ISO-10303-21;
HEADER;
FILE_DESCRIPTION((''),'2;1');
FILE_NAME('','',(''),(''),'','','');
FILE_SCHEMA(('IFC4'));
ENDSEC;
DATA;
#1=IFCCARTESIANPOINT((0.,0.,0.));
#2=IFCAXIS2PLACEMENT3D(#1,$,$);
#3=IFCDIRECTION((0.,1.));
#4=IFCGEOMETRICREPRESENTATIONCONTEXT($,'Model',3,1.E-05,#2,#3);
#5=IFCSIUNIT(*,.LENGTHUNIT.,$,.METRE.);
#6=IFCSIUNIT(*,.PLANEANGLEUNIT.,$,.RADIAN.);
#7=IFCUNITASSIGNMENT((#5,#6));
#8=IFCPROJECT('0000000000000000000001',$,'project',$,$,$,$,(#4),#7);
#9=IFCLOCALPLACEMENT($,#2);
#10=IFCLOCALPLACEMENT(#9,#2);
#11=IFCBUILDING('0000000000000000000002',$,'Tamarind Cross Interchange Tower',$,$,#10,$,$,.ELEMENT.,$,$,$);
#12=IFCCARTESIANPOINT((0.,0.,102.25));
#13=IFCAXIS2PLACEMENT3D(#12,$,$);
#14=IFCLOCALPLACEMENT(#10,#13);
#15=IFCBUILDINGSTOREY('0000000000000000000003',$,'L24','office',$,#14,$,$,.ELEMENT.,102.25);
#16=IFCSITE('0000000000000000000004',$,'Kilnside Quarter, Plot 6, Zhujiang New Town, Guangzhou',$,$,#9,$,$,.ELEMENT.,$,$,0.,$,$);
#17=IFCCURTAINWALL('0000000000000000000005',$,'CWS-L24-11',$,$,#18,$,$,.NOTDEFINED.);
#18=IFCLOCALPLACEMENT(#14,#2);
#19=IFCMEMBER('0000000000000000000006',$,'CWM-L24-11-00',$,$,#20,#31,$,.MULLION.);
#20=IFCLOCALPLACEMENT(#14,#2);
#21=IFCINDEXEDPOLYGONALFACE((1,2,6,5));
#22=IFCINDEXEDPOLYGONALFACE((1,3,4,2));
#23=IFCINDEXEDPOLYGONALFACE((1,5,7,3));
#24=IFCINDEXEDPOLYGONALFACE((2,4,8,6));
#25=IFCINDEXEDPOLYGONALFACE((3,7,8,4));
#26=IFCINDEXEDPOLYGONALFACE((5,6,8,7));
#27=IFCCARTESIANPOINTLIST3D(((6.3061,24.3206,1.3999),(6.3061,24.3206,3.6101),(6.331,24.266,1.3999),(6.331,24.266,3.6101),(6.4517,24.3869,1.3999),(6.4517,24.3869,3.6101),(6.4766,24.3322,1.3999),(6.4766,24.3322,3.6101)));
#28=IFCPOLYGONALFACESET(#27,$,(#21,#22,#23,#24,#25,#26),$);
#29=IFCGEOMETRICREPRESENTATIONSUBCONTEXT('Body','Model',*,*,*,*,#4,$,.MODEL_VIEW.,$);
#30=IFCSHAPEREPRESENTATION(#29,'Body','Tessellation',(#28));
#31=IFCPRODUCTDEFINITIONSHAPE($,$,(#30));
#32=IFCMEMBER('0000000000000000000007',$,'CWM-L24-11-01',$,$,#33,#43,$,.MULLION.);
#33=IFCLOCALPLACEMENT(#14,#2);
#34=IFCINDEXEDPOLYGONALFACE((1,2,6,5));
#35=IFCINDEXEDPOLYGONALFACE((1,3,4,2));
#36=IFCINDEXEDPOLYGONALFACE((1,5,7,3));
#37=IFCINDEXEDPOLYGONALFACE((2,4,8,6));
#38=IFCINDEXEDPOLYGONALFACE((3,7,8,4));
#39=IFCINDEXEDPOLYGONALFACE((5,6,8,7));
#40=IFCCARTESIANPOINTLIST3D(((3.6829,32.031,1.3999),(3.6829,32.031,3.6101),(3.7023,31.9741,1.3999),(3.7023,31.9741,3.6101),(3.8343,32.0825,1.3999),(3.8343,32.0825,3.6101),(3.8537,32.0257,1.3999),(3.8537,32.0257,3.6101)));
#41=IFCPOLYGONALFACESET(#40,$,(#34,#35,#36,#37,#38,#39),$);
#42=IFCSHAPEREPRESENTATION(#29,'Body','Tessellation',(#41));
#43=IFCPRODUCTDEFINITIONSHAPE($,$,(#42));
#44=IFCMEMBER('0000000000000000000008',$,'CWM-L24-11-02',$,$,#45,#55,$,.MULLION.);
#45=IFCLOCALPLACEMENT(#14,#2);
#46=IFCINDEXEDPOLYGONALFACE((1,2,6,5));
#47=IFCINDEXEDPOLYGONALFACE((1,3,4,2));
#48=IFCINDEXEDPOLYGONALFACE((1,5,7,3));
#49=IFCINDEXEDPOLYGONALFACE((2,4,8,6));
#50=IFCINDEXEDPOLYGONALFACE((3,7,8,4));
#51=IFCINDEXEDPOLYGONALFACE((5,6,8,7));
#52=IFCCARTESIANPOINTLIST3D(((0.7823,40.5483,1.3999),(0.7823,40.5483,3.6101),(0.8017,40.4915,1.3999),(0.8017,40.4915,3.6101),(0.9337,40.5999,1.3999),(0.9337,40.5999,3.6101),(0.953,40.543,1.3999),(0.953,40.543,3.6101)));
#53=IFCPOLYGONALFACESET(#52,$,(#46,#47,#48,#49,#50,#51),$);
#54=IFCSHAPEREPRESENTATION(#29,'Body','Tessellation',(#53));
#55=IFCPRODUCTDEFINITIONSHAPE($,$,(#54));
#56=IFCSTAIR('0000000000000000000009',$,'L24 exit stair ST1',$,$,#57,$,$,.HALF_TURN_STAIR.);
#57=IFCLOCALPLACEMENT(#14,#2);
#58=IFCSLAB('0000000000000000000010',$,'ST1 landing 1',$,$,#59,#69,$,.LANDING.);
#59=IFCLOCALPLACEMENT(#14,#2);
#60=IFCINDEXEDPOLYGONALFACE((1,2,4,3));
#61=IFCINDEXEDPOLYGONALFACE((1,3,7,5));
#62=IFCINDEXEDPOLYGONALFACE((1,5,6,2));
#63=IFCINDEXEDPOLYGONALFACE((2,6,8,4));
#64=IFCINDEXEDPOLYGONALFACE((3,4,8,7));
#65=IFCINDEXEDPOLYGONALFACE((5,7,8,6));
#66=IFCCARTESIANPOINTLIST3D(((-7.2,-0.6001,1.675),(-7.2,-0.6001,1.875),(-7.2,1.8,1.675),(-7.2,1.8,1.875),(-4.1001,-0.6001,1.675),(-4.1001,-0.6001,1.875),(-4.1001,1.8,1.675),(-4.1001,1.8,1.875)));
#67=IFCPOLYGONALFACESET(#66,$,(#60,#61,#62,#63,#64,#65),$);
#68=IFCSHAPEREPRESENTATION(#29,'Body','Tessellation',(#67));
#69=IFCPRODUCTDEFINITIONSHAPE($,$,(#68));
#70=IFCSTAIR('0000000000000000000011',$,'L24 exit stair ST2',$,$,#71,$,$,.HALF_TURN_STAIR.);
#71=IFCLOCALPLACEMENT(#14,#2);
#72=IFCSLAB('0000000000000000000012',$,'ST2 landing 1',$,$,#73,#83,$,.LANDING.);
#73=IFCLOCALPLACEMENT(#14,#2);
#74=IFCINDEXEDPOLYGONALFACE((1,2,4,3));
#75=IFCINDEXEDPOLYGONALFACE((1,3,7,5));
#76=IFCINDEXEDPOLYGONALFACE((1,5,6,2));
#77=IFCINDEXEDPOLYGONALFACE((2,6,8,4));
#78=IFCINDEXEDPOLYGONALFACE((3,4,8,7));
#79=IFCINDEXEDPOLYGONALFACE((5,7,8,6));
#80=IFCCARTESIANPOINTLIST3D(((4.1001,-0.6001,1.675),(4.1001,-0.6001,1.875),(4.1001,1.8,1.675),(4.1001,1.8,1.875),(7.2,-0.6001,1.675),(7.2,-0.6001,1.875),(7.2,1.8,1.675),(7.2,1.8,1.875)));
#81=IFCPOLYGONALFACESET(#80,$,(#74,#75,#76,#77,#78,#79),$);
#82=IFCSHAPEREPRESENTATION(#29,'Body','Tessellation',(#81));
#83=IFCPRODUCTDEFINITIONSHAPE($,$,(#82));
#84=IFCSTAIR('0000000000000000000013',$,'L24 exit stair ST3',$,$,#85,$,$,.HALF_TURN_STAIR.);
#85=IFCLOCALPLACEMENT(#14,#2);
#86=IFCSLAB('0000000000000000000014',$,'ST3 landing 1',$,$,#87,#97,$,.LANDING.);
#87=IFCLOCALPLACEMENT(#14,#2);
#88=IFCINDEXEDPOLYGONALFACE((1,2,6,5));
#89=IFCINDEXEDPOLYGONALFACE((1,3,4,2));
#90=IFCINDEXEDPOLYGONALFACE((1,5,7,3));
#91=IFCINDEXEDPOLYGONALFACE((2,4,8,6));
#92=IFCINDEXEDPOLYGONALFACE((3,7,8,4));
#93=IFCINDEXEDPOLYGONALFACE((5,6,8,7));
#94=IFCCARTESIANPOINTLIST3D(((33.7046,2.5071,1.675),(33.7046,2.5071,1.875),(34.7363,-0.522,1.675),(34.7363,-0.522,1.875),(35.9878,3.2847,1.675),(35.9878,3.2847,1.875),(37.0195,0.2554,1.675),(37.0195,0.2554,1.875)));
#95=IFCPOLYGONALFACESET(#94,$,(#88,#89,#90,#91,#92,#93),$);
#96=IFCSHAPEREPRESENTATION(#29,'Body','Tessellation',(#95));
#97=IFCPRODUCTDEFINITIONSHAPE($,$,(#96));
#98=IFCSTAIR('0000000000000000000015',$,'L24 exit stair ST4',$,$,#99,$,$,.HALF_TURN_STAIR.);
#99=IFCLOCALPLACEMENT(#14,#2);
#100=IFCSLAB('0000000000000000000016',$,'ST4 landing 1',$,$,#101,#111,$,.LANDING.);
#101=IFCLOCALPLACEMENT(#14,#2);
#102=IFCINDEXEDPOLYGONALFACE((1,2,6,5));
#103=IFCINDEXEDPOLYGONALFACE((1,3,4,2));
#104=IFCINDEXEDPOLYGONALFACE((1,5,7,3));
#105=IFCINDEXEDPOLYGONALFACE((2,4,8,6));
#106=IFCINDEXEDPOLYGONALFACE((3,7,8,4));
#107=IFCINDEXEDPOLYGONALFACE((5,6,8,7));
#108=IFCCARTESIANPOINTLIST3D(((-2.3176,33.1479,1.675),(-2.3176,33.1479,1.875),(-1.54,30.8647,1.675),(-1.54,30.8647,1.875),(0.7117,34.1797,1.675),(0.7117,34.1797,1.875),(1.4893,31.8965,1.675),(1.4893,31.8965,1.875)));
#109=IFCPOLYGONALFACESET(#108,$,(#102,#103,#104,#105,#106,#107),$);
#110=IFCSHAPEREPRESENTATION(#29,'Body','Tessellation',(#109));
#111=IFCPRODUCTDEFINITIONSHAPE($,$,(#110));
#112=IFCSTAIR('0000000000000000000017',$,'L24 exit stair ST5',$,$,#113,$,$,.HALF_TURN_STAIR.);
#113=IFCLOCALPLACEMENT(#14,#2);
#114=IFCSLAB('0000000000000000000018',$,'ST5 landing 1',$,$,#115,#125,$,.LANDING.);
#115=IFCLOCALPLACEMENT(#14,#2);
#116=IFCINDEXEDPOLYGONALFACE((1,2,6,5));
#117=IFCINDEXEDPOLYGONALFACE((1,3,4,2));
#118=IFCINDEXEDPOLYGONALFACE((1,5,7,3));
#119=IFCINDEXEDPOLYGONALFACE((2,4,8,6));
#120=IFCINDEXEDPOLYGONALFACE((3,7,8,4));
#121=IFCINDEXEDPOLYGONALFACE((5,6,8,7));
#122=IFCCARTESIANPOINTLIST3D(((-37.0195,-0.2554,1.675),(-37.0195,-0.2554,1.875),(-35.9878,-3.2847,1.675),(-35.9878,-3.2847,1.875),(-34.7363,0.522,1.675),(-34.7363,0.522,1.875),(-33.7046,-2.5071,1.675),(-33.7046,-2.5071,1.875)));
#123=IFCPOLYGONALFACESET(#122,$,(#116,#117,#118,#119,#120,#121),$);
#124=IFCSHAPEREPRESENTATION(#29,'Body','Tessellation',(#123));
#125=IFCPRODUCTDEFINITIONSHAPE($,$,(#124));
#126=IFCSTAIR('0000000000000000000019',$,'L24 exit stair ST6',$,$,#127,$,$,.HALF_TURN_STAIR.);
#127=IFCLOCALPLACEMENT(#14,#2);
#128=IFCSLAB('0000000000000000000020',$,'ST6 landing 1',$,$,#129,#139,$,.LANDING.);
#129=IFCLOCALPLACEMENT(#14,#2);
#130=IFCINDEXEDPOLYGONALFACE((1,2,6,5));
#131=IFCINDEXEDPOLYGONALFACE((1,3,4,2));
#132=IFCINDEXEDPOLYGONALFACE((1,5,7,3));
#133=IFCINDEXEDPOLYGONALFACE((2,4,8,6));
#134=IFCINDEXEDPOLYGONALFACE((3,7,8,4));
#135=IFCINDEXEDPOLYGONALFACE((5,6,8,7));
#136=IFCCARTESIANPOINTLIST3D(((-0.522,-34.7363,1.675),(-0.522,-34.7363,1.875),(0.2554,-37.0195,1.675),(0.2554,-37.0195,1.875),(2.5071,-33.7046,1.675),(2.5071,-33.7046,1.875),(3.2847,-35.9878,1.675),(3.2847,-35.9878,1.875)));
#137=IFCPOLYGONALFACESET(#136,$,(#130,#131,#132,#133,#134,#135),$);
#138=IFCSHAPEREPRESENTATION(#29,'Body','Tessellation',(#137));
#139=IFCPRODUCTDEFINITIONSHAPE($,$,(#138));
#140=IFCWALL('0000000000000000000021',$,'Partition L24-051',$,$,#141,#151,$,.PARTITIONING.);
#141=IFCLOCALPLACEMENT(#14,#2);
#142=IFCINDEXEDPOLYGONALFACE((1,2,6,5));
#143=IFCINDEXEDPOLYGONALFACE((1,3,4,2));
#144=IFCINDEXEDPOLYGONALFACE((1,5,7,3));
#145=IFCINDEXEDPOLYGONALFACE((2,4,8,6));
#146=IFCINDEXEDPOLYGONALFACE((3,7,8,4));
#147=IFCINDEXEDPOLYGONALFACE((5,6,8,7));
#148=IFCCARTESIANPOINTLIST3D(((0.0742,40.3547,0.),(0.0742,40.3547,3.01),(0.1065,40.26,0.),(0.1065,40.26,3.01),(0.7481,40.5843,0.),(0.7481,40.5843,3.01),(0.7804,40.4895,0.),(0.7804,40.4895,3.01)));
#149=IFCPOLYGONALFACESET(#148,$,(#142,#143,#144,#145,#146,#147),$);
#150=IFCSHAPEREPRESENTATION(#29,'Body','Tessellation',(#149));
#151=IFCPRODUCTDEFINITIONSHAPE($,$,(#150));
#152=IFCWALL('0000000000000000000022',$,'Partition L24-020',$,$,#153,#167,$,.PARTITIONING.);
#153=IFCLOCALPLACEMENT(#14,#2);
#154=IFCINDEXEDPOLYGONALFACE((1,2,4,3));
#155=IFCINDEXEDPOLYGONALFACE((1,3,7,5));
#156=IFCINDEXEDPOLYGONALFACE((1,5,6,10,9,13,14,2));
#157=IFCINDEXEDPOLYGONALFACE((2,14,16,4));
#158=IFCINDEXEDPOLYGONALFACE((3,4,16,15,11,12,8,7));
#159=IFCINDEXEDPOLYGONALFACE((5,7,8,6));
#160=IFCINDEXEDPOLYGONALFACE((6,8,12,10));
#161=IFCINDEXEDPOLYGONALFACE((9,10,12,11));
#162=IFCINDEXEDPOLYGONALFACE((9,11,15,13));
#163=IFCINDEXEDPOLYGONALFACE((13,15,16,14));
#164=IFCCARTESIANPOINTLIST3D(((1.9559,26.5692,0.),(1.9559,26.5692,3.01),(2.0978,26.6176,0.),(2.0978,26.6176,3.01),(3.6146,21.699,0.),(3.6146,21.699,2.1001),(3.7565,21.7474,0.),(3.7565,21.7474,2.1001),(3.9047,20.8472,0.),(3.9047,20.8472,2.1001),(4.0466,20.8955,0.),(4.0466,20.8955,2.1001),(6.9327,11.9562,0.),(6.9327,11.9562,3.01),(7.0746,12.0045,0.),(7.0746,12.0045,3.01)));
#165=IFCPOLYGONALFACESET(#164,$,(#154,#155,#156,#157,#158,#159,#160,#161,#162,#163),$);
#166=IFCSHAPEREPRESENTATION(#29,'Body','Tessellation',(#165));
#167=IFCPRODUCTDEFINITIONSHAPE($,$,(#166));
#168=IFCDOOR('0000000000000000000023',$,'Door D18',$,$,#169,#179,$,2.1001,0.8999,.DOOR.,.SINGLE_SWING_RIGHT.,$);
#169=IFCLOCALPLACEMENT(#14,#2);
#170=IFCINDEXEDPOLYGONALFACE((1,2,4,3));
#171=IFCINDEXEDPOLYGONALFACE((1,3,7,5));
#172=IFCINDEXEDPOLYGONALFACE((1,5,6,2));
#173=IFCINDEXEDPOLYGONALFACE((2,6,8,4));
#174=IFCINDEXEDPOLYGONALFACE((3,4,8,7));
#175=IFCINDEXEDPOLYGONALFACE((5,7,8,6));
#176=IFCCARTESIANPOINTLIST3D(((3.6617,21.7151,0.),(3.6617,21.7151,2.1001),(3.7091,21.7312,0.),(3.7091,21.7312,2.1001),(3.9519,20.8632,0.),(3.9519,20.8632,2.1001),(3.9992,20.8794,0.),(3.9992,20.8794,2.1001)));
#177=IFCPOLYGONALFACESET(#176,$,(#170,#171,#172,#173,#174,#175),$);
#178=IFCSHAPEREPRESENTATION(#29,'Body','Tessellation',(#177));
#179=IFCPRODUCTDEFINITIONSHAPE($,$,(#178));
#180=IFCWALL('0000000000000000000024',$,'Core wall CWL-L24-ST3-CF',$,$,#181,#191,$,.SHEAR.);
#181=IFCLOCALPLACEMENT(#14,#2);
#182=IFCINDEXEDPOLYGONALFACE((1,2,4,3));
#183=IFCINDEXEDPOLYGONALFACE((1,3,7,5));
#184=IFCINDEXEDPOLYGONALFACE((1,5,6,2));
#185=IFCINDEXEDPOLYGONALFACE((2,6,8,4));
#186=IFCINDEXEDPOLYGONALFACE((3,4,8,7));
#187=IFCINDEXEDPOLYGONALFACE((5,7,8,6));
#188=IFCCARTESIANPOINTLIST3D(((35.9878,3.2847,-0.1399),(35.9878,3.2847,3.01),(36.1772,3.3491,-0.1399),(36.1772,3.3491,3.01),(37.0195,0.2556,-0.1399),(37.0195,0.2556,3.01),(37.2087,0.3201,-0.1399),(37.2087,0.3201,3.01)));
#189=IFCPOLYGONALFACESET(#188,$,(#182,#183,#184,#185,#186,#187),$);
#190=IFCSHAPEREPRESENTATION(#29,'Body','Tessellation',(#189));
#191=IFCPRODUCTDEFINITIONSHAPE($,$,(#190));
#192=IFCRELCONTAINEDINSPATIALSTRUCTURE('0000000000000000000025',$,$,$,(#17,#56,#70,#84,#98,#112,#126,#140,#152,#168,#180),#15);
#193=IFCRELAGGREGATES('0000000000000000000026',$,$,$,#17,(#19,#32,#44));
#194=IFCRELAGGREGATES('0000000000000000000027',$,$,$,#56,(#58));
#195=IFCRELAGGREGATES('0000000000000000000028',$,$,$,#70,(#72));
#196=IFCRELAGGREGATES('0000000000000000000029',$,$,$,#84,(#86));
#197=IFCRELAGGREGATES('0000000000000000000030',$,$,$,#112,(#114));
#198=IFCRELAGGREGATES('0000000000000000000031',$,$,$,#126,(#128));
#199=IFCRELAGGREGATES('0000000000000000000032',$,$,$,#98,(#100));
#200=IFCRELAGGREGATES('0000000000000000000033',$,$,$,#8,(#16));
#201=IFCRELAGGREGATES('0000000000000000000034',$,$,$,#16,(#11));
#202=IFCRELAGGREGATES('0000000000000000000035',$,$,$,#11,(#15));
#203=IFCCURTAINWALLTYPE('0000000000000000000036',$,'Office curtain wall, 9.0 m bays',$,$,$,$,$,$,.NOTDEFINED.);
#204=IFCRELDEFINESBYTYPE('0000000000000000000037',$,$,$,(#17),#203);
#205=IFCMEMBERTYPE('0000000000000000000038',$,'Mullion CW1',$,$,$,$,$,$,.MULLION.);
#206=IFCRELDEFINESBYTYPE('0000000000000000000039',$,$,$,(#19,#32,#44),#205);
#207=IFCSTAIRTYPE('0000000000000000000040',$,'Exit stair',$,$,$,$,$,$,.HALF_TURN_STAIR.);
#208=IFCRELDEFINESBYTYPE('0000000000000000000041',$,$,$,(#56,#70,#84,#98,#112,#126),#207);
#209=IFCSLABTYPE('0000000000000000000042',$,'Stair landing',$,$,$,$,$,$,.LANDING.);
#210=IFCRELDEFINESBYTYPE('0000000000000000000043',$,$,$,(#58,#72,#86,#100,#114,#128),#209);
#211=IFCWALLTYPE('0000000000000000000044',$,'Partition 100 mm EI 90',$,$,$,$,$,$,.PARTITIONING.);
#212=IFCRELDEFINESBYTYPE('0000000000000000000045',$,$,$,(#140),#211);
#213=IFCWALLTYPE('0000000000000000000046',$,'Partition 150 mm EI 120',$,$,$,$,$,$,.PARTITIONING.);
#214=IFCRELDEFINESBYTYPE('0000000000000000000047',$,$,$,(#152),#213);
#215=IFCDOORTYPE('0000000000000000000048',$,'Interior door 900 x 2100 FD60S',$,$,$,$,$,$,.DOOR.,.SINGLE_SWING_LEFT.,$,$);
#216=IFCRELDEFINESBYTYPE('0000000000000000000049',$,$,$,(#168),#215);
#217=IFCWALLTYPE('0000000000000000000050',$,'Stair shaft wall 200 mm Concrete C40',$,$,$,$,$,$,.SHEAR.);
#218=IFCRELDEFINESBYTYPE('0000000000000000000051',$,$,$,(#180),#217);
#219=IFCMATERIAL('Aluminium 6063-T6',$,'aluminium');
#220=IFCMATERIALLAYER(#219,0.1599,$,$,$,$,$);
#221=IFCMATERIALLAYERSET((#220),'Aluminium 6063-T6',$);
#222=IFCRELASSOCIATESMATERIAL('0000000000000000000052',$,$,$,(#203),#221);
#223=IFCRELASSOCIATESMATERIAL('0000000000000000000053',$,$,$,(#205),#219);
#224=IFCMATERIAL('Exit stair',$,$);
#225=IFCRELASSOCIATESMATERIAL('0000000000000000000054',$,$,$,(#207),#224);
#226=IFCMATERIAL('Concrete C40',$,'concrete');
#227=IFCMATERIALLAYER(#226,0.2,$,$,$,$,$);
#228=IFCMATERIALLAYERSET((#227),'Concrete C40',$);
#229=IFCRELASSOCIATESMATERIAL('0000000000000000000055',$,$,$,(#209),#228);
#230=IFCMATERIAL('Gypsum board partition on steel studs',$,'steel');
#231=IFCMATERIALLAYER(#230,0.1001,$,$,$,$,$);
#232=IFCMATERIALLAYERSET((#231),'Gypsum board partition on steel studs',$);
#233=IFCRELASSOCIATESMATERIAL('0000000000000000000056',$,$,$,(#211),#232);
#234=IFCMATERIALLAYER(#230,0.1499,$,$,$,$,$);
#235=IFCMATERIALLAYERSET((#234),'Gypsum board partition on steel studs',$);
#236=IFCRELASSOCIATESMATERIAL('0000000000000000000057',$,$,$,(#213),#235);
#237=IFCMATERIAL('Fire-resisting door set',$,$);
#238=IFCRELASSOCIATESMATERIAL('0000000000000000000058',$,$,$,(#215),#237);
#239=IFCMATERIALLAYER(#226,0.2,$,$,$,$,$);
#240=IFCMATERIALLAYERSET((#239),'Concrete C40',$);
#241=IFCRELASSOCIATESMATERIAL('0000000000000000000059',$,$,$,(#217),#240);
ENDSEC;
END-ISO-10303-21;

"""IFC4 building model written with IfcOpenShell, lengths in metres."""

from ifc_helpers import new_model, si_unit, direction, frame, frame_2d, origin, origin_2d, place, context, subcontext, project, spatial, polyline, rectangle, outline, extrude, material, layer, layer_set, material_profile, profile_set, type_object, element, fill, aggregate, save


model = new_model("IFC4")

# Units and contexts
model_context = context("Model", 3, precision=1e-05, world=origin(), true_north=direction((0.0, 1.0)))
body_context = subcontext(model_context, "Body", "Model", "MODEL_VIEW")
ifc_project = project(units=[si_unit("LENGTHUNIT", "METRE"), si_unit("PLANEANGLEUNIT", "RADIAN")], contexts=[model_context])

# Site, building, storey
site_placement = place(None, origin())
site = spatial("IfcSite", under=ifc_project, at=site_placement, Name="Kilnside Quarter, Plot 6, Zhujiang New Town, Guangzhou", CompositionType="ELEMENT", RefElevation=0.0)
building_placement = place(site_placement, origin())
building = spatial("IfcBuilding", under=site, at=building_placement, Name="Tamarind Cross Interchange Tower", CompositionType="ELEMENT")
storey_placement = place(building_placement, frame((0.0, 0.0, 102.25)))
storey = spatial("IfcBuildingStorey", under=building, at=storey_placement, Name="L24", Description="office", CompositionType="ELEMENT", Elevation=102.25)

# Curtain wall, members
ifc_material_1 = material(Name="Aluminium 6063-T6", Category="aluminium")
ifc_layer_1 = layer(ifc_material_1, 0.1599)
ifc_layer_set_1 = layer_set([ifc_layer_1], Name="Aluminium 6063-T6")
curtain_wall_type = type_object("IfcCurtainWallType", Name="Office curtain wall, 9.0 m bays", PredefinedType="NOTDEFINED", material=ifc_layer_set_1)
curtain_wall_placement = place(storey_placement, origin())
curtain_wall = element("IfcCurtainWall", 1, at=curtain_wall_placement, inside=storey, type_object=curtain_wall_type, Name="CWS-L24-11", PredefinedType="NOTDEFINED")
ifc_material_profile_1 = material_profile(ifc_material_1, rectangle(XDim=0.0601, YDim=0.1599, at=origin_2d()), Name="Mullion CW1")
ifc_profile_set_1 = profile_set([ifc_material_profile_1], Name="Aluminium 6063-T6")
member_type = type_object("IfcMemberType", Name="Mullion CW1", PredefinedType="MULLION", material=ifc_profile_set_1)
member_1_placement = place(storey_placement, frame((6.3914, 24.3264, 1.3999), z_axis=(0.0, 0.0, 1.0), x_axis=(-0.414246, 0.910165, 0.0)))
member_1 = element("IfcMember", 2, at=member_1_placement, type_object=member_type, Name="CWM-L24-11-00", PredefinedType="MULLION", context=body_context, shape_type="SweptSolid", body=[
    extrude(rectangle(XDim=0.0601, YDim=0.1599, at=origin_2d()), origin(), (0.0, 0.0, 1.0), 2.2102),
])
member_2_placement = place(storey_placement, frame((3.7683, 32.0283, 1.3999), z_axis=(0.0, 0.0, 1.0), x_axis=(-0.322371, 0.946613, 0.0)))
member_2 = element("IfcMember", 3, at=member_2_placement, type_object=member_type, Name="CWM-L24-11-01", PredefinedType="MULLION", context=body_context, shape_type="SweptSolid", body=[
    extrude(rectangle(XDim=0.0601, YDim=0.1599, at=origin_2d()), origin(), (0.0, 0.0, 1.0), 2.2102),
])
member_3_placement = place(storey_placement, frame((0.8677, 40.5457, 1.3999), z_axis=(0.0, 0.0, 1.0), x_axis=(-0.322371, 0.946613, 0.0)))
member_3 = element("IfcMember", 4, at=member_3_placement, type_object=member_type, Name="CWM-L24-11-02", PredefinedType="MULLION", context=body_context, shape_type="SweptSolid", body=[
    extrude(rectangle(XDim=0.0601, YDim=0.1599, at=origin_2d()), origin(), (0.0, 0.0, 1.0), 2.2102),
])
aggregate(curtain_wall, [member_1, member_2, member_3])

# Stairs, slabs
ifc_material_2 = material(Name="Exit stair")
stair_type = type_object("IfcStairType", Name="Exit stair", PredefinedType="HALF_TURN_STAIR", material=ifc_material_2)
stair_1_placement = place(storey_placement, origin())
stair_1 = element("IfcStair", 5, at=stair_1_placement, inside=storey, type_object=stair_type, Name="L24 exit stair ST1", PredefinedType="HALF_TURN_STAIR")
ifc_material_3 = material(Name="Concrete C40", Category="concrete")
ifc_layer_2 = layer(ifc_material_3, 0.2)
ifc_layer_set_2 = layer_set([ifc_layer_2], Name="Concrete C40")
slab_type = type_object("IfcSlabType", Name="Stair landing", PredefinedType="LANDING", material=ifc_layer_set_2)
slab_1_placement = place(storey_placement, frame((0.0, 0.0, 1.675)))
slab_1 = element("IfcSlab", 6, at=slab_1_placement, type_object=slab_type, Name="ST1 landing 1", PredefinedType="LANDING", context=body_context, shape_type="SweptSolid", body=[
    extrude(outline(polyline([(-4.1001, -0.6001), (-4.1001, 1.8), (-7.2, 1.8), (-7.2, -0.6001), (-4.1001, -0.6001)])), origin(), (0.0, 0.0, 1.0), 0.2),
])
aggregate(stair_1, [slab_1])
stair_2_placement = place(storey_placement, origin())
stair_2 = element("IfcStair", 7, at=stair_2_placement, inside=storey, type_object=stair_type, Name="L24 exit stair ST2", PredefinedType="HALF_TURN_STAIR")
slab_2_placement = place(storey_placement, frame((0.0, 0.0, 1.675)))
slab_2 = element("IfcSlab", 8, at=slab_2_placement, type_object=slab_type, Name="ST2 landing 1", PredefinedType="LANDING", context=body_context, shape_type="SweptSolid", body=[
    extrude(outline(polyline([(7.2, -0.6001), (7.2, 1.8), (4.1001, 1.8), (4.1001, -0.6001), (7.2, -0.6001)])), origin(), (0.0, 0.0, 1.0), 0.2),
])
aggregate(stair_2, [slab_2])
stair_3_placement = place(storey_placement, origin())
stair_3 = element("IfcStair", 9, at=stair_3_placement, inside=storey, type_object=stair_type, Name="L24 exit stair ST3", PredefinedType="HALF_TURN_STAIR")
slab_3_placement = place(storey_placement, frame((0.0, 0.0, 1.675)))
slab_3 = element("IfcSlab", 10, at=slab_3_placement, type_object=slab_type, Name="ST3 landing 1", PredefinedType="LANDING", context=body_context, shape_type="SweptSolid", body=[
    extrude(outline(polyline([(34.7363, -0.522), (37.0195, 0.2554), (35.9878, 3.2847), (33.7046, 2.5071), (34.7363, -0.522)])), origin(), (0.0, 0.0, 1.0), 0.2),
])
aggregate(stair_3, [slab_3])
stair_4_placement = place(storey_placement, origin())
stair_4 = element("IfcStair", 11, at=stair_4_placement, inside=storey, type_object=stair_type, Name="L24 exit stair ST4", PredefinedType="HALF_TURN_STAIR")
slab_4_placement = place(storey_placement, frame((0.0, 0.0, 1.675)))
slab_4 = element("IfcSlab", 12, at=slab_4_placement, type_object=slab_type, Name="ST4 landing 1", PredefinedType="LANDING", context=body_context, shape_type="SweptSolid", body=[
    extrude(outline(polyline([(1.4893, 31.8965), (0.7117, 34.1797), (-2.3176, 33.1479), (-1.54, 30.8647), (1.4893, 31.8965)])), origin(), (0.0, 0.0, 1.0), 0.2),
])
stair_5_placement = place(storey_placement, origin())
stair_5 = element("IfcStair", 13, at=stair_5_placement, inside=storey, type_object=stair_type, Name="L24 exit stair ST5", PredefinedType="HALF_TURN_STAIR")
slab_5_placement = place(storey_placement, frame((0.0, 0.0, 1.675)))
slab_5 = element("IfcSlab", 14, at=slab_5_placement, type_object=slab_type, Name="ST5 landing 1", PredefinedType="LANDING", context=body_context, shape_type="SweptSolid", body=[
    extrude(outline(polyline([(-34.7363, 0.522), (-37.0195, -0.2554), (-35.9878, -3.2847), (-33.7046, -2.5071), (-34.7363, 0.522)])), origin(), (0.0, 0.0, 1.0), 0.2),
])
aggregate(stair_5, [slab_5])
stair_6_placement = place(storey_placement, origin())
stair_6 = element("IfcStair", 15, at=stair_6_placement, inside=storey, type_object=stair_type, Name="L24 exit stair ST6", PredefinedType="HALF_TURN_STAIR")
slab_6_placement = place(storey_placement, frame((0.0, 0.0, 1.675)))
slab_6 = element("IfcSlab", 16, at=slab_6_placement, type_object=slab_type, Name="ST6 landing 1", PredefinedType="LANDING", context=body_context, shape_type="SweptSolid", body=[
    extrude(outline(polyline([(-0.522, -34.7363), (0.2554, -37.0195), (3.2847, -35.9878), (2.5071, -33.7046), (-0.522, -34.7363)])), origin(), (0.0, 0.0, 1.0), 0.2),
])
aggregate(stair_6, [slab_6])

# Wall
ifc_material_4 = material(Name="Gypsum board partition on steel studs", Category="steel")
ifc_layer_3 = layer(ifc_material_4, 0.1001)
ifc_layer_set_3 = layer_set([ifc_layer_3], Name="Gypsum board partition on steel studs")
wall_type_1 = type_object("IfcWallType", Name="Partition 100 mm EI 90", PredefinedType="PARTITIONING", material=ifc_layer_set_3)
wall_1_placement = place(storey_placement, frame((0.0903, 40.3074, 0.0), z_axis=(0.0, 0.0, 1.0), x_axis=(0.946605, 0.322395, 0.0)))
element("IfcWall", 17, at=wall_1_placement, inside=storey, type_object=wall_type_1, Name="Partition L24-051", PredefinedType="PARTITIONING", context=body_context, shape_type="SweptSolid", body=[
    extrude(rectangle(XDim=0.7119, YDim=0.1001, at=frame_2d((0.356, 0.0))), origin(), (0.0, 0.0, 1.0), 3.01),
])

# Wall, opening, door
ifc_layer_4 = layer(ifc_material_4, 0.1499)
ifc_layer_set_4 = layer_set([ifc_layer_4], Name="Gypsum board partition on steel studs")
wall_type_2 = type_object("IfcWallType", Name="Partition 150 mm EI 120", PredefinedType="PARTITIONING", material=ifc_layer_set_4)
wall_2_placement = place(storey_placement, frame((2.0269, 26.5935, 0.0), z_axis=(0.0, 0.0, 1.0), x_axis=(0.322389, -0.946607, 0.0)))
wall_2 = element("IfcWall", 18, at=wall_2_placement, inside=storey, type_object=wall_type_2, Name="Partition L24-020", PredefinedType="PARTITIONING", context=body_context, shape_type="SweptSolid", body=[
    extrude(rectangle(XDim=15.4373, YDim=0.1499, at=frame_2d((7.7188, 0.0))), origin(), (0.0, 0.0, 1.0), 3.01),
])
opening_placement = place(wall_2_placement, frame((5.145, 0.0, 0.0)))
opening = element("IfcOpeningElement", 19, at=opening_placement, cuts=wall_2, PredefinedType="OPENING", context=body_context, shape_type="SweptSolid", body=[
    extrude(rectangle(XDim=0.8999, YDim=2.1001, at=frame_2d((0.45, 1.05))), frame((0.0, 0.085, 0.0), z_axis=(0.0, -1.0, 0.0), x_axis=(1.0, 0.0, 0.0)), (0.0, 0.0, 1.0), 0.1699),
])
ifc_material_5 = material(Name="Fire-resisting door set")
door_type = type_object("IfcDoorType", Name="Interior door 900 x 2100 FD60S", OperationType="SINGLE_SWING_LEFT", PredefinedType="DOOR", material=ifc_material_5)
door_placement = place(opening_placement, origin())
door = element("IfcDoor", 20, at=door_placement, inside=storey, type_object=door_type, Name="Door D18", OperationType="SINGLE_SWING_RIGHT", OverallHeight=2.1001, OverallWidth=0.8999, PredefinedType="DOOR", context=body_context, shape_type="SweptSolid", body=[
    extrude(rectangle(XDim=0.8999, YDim=2.1001, at=frame_2d((0.45, 1.05))), frame((0.0, 0.0249, 0.0), z_axis=(0.0, -1.0, 0.0), x_axis=(1.0, 0.0, 0.0)), (0.0, 0.0, 1.0), 0.05),
])
fill(opening, door)

# Wall
ifc_layer_5 = layer(ifc_material_3, 0.2)
ifc_layer_set_5 = layer_set([ifc_layer_5], Name="Concrete C40")
wall_type_3 = type_object("IfcWallType", Name="Stair shaft wall 200 mm Concrete C40", PredefinedType="SHEAR", material=ifc_layer_set_5)
wall_3_placement = place(storey_placement, frame((0.0, 0.0, -0.1399)))
element("IfcWall", 21, at=wall_3_placement, inside=storey, type_object=wall_type_3, Name="Core wall CWL-L24-ST3-CF", PredefinedType="SHEAR", context=body_context, shape_type="SweptSolid", body=[
    extrude(outline(polyline([(37.0195, 0.2556), (37.2087, 0.3201), (36.1772, 3.3491), (35.9878, 3.2847), (37.0195, 0.2556)])), origin(), (0.0, 0.0, 1.0), 3.1499),
])

aggregate(stair_4, [slab_4])

save(model, "model.ifc")
